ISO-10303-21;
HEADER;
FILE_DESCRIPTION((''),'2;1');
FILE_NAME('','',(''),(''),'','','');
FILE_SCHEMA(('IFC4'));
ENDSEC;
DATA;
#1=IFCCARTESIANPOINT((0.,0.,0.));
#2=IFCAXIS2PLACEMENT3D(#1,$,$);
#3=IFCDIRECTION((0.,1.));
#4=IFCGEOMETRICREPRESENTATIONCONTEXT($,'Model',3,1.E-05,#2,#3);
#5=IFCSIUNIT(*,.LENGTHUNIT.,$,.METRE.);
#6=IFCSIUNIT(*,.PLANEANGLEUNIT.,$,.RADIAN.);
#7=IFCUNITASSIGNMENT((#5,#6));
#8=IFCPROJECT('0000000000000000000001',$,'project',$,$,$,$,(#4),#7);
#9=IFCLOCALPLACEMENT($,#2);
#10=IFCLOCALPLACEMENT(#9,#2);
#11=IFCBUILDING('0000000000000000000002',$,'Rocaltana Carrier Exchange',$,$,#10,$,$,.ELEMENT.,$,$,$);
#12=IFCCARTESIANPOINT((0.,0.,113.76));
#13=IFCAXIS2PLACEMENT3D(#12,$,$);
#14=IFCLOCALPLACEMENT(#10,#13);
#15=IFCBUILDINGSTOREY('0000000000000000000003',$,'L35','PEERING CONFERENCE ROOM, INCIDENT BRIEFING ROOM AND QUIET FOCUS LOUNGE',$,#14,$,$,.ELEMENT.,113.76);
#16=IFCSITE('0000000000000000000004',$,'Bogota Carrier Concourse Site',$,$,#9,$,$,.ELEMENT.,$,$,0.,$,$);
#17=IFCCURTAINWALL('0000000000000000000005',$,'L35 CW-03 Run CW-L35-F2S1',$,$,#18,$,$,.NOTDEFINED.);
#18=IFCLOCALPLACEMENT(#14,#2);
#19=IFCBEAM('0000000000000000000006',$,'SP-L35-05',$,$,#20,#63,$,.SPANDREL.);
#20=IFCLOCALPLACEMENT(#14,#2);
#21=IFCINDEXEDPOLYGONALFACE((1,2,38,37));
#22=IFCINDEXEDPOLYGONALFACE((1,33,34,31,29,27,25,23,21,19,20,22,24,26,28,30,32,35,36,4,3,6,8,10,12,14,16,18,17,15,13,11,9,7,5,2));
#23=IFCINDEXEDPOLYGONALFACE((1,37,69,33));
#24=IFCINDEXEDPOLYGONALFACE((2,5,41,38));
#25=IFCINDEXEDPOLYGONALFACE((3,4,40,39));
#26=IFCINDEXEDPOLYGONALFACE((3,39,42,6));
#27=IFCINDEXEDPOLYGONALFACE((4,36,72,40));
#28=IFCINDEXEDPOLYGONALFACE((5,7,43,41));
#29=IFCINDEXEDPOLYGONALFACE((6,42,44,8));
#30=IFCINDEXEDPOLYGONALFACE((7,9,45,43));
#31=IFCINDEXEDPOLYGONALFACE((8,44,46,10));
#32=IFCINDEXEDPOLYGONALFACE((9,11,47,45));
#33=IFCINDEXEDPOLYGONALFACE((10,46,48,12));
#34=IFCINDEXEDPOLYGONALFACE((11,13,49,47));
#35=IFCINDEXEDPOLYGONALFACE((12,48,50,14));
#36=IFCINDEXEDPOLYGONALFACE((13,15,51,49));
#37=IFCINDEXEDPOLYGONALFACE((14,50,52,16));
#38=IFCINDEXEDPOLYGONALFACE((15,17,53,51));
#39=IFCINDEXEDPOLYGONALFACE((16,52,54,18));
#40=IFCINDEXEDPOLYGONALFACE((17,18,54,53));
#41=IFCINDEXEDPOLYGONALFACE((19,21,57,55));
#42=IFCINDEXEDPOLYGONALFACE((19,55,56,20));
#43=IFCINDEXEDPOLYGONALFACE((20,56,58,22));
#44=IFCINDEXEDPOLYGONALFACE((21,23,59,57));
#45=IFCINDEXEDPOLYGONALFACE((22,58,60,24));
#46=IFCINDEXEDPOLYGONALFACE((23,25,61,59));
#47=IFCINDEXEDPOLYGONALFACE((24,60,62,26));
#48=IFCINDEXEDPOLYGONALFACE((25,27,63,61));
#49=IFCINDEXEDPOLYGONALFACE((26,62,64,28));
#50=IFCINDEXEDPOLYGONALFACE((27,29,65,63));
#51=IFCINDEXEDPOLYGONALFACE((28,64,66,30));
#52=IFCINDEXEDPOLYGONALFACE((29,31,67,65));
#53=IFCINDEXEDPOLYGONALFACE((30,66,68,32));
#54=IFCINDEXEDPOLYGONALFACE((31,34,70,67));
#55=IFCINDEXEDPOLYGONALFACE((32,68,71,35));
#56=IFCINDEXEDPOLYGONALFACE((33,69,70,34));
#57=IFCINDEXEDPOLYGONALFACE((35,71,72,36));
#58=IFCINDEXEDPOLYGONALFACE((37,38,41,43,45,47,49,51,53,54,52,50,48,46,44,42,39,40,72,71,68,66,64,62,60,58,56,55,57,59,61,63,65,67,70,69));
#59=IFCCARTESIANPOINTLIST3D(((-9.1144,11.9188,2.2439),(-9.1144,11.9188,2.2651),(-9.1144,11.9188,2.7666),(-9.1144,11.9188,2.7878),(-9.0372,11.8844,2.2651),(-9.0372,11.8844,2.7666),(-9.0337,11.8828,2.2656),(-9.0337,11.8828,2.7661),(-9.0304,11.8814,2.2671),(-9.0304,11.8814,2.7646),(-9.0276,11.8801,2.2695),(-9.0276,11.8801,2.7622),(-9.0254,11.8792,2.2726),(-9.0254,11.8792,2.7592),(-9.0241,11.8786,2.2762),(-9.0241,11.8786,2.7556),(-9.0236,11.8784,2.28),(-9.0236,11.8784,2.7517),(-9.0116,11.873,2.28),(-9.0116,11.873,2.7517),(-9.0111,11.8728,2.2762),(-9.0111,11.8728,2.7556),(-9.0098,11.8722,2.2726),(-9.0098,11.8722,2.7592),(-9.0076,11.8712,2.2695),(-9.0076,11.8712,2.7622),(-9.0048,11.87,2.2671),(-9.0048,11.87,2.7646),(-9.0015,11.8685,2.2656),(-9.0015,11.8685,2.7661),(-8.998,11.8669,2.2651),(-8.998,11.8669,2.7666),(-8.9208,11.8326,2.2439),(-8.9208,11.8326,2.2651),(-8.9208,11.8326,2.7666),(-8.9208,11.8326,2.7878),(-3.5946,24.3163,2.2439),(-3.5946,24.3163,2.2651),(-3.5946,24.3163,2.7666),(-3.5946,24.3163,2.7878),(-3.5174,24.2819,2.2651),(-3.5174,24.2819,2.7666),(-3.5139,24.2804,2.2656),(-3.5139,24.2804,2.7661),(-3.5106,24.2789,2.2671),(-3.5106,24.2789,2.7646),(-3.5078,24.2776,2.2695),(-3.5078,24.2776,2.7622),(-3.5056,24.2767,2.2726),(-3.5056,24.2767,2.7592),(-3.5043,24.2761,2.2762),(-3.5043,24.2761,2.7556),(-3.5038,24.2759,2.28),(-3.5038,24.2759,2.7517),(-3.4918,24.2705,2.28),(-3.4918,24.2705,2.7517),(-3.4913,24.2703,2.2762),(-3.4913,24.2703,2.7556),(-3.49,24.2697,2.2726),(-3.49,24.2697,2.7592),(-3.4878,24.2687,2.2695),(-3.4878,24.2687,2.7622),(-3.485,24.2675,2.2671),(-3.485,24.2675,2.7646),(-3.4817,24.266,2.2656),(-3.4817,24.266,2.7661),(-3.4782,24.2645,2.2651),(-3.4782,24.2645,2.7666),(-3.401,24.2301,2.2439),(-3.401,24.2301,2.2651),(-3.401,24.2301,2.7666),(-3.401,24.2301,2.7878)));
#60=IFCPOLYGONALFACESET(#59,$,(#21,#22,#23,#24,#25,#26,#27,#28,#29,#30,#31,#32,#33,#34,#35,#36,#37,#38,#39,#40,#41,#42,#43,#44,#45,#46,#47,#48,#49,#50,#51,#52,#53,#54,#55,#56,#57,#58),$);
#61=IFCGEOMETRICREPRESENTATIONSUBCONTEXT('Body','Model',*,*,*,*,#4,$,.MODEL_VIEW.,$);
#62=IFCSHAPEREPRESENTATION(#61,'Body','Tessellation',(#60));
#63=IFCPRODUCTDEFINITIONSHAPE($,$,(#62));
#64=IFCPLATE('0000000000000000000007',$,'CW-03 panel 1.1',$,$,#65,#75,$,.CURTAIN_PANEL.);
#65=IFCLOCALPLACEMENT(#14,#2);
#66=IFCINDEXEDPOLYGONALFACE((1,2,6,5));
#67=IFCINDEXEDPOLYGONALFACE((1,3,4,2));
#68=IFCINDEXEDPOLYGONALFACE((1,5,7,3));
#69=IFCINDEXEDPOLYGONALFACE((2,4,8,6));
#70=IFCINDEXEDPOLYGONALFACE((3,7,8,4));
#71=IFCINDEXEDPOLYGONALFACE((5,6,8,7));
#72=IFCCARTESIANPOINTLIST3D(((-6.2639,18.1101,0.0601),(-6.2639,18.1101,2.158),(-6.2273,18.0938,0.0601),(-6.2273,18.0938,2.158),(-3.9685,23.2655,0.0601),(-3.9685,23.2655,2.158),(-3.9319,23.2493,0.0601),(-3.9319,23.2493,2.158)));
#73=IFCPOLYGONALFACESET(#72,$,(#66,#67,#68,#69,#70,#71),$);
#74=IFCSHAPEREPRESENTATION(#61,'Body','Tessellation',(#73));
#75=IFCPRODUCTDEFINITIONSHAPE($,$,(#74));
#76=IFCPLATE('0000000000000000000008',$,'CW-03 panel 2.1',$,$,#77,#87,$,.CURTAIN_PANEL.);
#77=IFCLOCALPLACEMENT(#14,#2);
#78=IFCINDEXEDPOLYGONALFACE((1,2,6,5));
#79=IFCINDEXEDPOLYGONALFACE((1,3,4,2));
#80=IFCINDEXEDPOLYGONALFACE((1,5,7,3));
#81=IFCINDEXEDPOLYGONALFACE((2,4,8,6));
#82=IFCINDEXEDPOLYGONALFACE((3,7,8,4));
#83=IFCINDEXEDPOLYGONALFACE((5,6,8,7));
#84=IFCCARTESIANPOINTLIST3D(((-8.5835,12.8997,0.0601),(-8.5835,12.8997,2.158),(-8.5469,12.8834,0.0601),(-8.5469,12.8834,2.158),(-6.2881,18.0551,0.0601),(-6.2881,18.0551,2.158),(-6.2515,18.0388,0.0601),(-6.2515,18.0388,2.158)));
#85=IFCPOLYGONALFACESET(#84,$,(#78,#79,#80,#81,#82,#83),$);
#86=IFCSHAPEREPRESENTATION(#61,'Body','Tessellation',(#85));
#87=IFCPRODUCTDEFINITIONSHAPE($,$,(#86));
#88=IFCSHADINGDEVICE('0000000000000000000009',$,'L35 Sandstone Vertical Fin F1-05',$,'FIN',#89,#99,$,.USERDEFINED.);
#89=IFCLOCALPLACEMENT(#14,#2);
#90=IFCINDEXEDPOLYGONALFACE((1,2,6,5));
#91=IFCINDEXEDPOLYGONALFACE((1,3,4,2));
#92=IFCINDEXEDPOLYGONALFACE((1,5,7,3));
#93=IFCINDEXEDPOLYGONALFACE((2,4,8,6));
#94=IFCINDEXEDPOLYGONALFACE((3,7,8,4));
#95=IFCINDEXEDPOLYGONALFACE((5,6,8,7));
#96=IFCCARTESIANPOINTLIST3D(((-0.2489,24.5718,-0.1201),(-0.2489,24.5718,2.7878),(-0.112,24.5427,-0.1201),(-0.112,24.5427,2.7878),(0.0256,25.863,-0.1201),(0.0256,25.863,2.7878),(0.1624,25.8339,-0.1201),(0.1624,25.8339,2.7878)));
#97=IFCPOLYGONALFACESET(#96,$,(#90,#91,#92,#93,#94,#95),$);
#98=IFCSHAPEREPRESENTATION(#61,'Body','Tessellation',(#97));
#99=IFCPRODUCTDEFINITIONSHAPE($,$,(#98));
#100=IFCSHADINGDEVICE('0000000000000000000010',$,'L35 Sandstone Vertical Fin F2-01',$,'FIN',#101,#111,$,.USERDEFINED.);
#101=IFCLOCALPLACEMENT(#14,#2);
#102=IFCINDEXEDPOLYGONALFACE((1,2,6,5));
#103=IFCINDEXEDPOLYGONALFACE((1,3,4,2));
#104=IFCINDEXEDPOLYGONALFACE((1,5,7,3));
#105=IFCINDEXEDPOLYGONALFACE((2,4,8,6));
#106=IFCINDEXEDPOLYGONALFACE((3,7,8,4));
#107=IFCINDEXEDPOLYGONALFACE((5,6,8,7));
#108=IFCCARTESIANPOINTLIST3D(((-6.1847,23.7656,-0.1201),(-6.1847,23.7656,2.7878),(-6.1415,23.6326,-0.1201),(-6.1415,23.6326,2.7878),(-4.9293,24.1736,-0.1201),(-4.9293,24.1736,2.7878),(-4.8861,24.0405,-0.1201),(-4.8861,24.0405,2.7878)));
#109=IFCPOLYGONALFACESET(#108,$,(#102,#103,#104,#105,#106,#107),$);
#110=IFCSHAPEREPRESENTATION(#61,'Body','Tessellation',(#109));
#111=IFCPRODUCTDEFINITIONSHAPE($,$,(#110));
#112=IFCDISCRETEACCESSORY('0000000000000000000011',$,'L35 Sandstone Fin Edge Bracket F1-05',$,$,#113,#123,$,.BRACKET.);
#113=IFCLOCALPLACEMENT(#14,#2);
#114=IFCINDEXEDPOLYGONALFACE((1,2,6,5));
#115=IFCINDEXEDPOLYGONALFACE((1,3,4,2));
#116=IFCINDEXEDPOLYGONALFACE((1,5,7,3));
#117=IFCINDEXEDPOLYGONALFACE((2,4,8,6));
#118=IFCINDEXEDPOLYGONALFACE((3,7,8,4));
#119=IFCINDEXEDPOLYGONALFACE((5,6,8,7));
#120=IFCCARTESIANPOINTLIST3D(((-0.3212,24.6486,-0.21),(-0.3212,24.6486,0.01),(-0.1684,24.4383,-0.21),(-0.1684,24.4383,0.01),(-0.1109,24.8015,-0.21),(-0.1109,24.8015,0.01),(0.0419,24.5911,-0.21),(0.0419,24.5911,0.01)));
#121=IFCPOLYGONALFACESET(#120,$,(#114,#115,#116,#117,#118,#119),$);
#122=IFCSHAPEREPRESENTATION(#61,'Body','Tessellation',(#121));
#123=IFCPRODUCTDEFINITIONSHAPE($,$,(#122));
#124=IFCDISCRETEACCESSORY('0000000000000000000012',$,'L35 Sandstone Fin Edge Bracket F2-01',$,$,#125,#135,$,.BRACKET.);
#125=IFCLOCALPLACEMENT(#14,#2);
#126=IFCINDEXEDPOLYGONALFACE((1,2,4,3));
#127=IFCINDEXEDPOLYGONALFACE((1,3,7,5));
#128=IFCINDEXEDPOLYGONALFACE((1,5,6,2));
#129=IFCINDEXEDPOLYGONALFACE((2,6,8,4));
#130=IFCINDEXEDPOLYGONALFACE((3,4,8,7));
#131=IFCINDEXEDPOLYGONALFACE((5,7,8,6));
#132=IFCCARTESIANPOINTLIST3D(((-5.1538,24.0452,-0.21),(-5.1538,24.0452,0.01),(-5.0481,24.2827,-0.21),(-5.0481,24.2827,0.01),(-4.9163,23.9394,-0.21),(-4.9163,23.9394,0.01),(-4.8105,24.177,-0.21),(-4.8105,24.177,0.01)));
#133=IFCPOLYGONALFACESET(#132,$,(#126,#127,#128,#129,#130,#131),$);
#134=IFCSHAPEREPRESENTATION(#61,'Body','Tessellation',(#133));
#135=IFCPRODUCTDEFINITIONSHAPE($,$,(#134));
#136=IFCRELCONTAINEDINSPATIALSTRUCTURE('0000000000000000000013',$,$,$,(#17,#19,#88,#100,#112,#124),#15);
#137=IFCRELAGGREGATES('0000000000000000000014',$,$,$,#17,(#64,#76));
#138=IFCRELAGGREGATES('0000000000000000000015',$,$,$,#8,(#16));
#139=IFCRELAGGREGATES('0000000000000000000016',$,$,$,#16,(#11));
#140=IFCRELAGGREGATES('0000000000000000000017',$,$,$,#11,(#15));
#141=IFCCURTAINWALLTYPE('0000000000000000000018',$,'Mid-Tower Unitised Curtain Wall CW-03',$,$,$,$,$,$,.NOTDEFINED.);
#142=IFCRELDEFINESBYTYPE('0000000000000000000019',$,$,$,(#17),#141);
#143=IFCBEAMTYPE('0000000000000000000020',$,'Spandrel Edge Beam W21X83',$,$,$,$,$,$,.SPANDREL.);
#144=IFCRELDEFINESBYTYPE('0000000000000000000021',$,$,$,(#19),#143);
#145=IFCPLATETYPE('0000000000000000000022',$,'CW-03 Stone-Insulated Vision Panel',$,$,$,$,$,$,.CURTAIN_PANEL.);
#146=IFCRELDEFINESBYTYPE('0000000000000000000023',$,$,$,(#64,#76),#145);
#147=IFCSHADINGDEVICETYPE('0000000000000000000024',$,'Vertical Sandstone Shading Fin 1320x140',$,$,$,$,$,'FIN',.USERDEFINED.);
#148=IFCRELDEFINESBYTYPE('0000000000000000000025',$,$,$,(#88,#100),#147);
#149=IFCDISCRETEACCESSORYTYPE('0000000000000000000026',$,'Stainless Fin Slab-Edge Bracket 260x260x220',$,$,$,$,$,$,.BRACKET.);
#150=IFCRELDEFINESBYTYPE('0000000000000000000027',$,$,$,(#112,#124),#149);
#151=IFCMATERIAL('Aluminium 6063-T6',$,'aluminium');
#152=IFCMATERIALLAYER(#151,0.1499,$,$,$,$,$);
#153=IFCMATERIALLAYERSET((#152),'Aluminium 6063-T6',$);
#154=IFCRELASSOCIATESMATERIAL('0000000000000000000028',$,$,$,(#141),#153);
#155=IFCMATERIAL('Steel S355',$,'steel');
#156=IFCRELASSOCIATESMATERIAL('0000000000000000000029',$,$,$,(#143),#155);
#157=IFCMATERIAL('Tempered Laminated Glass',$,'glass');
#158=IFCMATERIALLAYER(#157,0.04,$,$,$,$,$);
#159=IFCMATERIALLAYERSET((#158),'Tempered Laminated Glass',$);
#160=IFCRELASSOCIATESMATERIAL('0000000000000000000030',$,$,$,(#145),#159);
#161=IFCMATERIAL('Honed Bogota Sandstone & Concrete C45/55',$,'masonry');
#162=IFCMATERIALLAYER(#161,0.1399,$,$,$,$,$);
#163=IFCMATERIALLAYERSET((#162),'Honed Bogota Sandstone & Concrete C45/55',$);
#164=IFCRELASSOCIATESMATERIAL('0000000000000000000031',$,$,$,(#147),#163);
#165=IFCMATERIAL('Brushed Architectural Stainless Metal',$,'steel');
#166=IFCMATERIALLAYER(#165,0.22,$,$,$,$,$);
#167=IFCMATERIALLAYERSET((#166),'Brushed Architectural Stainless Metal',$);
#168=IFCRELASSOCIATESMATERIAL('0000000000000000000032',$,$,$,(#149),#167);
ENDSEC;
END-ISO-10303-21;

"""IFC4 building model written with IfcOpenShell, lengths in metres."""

from ifc_helpers import new_model, si_unit, direction, frame, origin, origin_2d, place, context, subcontext, project, spatial, rectangle, i_section, extrude, material, layer, layer_set, material_profile, profile_set, type_object, element, aggregate, save


model = new_model("IFC4")

# Units and contexts
model_context = context("Model", 3, precision=1e-05, world=origin(), true_north=direction((0.0, 1.0)))
body_context = subcontext(model_context, "Body", "Model", "MODEL_VIEW")
ifc_project = project(units=[si_unit("LENGTHUNIT", "METRE"), si_unit("PLANEANGLEUNIT", "RADIAN")], contexts=[model_context])

# Site, building, storey
site_placement = place(None, origin())
site = spatial("IfcSite", under=ifc_project, at=site_placement, Name="Bogota Carrier Concourse Site", CompositionType="ELEMENT", RefElevation=0.0)
building_placement = place(site_placement, origin())
building = spatial("IfcBuilding", under=site, at=building_placement, Name="Rocaltana Carrier Exchange", CompositionType="ELEMENT")
storey_placement = place(building_placement, frame((0.0, 0.0, 113.76)))
storey = spatial("IfcBuildingStorey", under=building, at=storey_placement, Name="L35", Description="PEERING CONFERENCE ROOM, INCIDENT BRIEFING ROOM AND QUIET FOCUS LOUNGE", CompositionType="ELEMENT", Elevation=113.76)

# Shared definitions
ifc_material_1 = material(Name="Aluminium 6063-T6", Category="aluminium")
ifc_layer_1 = layer(ifc_material_1, 0.1499)
ifc_layer_set_1 = layer_set([ifc_layer_1], Name="Aluminium 6063-T6")
curtain_wall_type = type_object("IfcCurtainWallType", Name="Mid-Tower Unitised Curtain Wall CW-03", PredefinedType="NOTDEFINED", material=ifc_layer_set_1)

# Curtain wall
curtain_wall_1_placement = place(storey_placement, origin())
curtain_wall_1 = element("IfcCurtainWall", 1, at=curtain_wall_1_placement, inside=storey, type_object=curtain_wall_type, Name="L35 CW-03 Run CW-L35-F2S1", PredefinedType="NOTDEFINED")

# Beam
ifc_material_2 = material(Name="Steel S355", Category="steel")
ifc_material_profile_1 = material_profile(ifc_material_2, i_section(OverallWidth=0.2119, OverallDepth=0.5439, WebThickness=0.0132, FlangeThickness=0.0212, FilletRadius=0.0149, at=origin_2d()), Name="W21X83")
ifc_profile_set_1 = profile_set([ifc_material_profile_1], Name="Steel S355")
beam_type_1 = type_object("IfcBeamType", Name="Spandrel Edge Beam W21X83", PredefinedType="SPANDREL", material=ifc_profile_set_1)
beam_1_placement = place(storey_placement, frame((-3.4978, 24.2732, 2.5159), z_axis=(-0.406741, -0.913544, 0.0), x_axis=(0.913544, -0.406741, 0.0)))
element("IfcBeam", 2, at=beam_1_placement, inside=storey, type_object=beam_type_1, Name="SP-L35-05", PredefinedType="SPANDREL", context=body_context, shape_type="SweptSolid", body=[
    extrude(i_section(OverallWidth=0.2119, OverallDepth=0.5439, WebThickness=0.0132, FlangeThickness=0.0212, FilletRadius=0.0149, at=origin_2d()), origin(), (0.0, 0.0, 1.0), 13.5708),
])

# Plates
ifc_material_3 = material(Name="Tempered Laminated Glass", Category="glass")
ifc_layer_2 = layer(ifc_material_3, 0.04)
ifc_layer_set_2 = layer_set([ifc_layer_2], Name="Tempered Laminated Glass")
plate_type = type_object("IfcPlateType", Name="CW-03 Stone-Insulated Vision Panel", PredefinedType="CURTAIN_PANEL", material=ifc_layer_set_2)
plate_1_placement = place(storey_placement, frame((-5.0979, 20.6797, 0.0601), z_axis=(0.0, 0.0, 1.0), x_axis=(-0.40674, -0.913544, 0.0)))
plate_1 = element("IfcPlate", 3, at=plate_1_placement, type_object=plate_type, Name="CW-03 panel 1.1", PredefinedType="CURTAIN_PANEL", context=body_context, shape_type="SweptSolid", body=[
    extrude(rectangle(XDim=5.6433, YDim=0.04, at=origin_2d()), origin(), (0.0, 0.0, 1.0), 2.0979),
])
plate_2_placement = place(storey_placement, frame((-7.4175, 15.4692, 0.0601), z_axis=(0.0, 0.0, 1.0), x_axis=(-0.40674, -0.913544, 0.0)))
plate_2 = element("IfcPlate", 4, at=plate_2_placement, type_object=plate_type, Name="CW-03 panel 2.1", PredefinedType="CURTAIN_PANEL", context=body_context, shape_type="SweptSolid", body=[
    extrude(rectangle(XDim=5.6433, YDim=0.04, at=origin_2d()), origin(), (0.0, 0.0, 1.0), 2.0979),
])
aggregate(curtain_wall_1, [plate_1, plate_2])

# Shading devices
ifc_material_4 = material(Name="Honed Bogota Sandstone & Concrete C45/55", Category="masonry")
ifc_layer_3 = layer(ifc_material_4, 0.1399)
ifc_layer_set_3 = layer_set([ifc_layer_3], Name="Honed Bogota Sandstone & Concrete C45/55")
shading_device_type = type_object("IfcShadingDeviceType", Name="Vertical Sandstone Shading Fin 1320x140", ElementType="FIN", PredefinedType="USERDEFINED", material=ifc_layer_set_3)
for number, where, z_axis, x_axis, name in (
    (5, (-0.0432, 25.2029, -0.1201), (0.0, 0.0, 1.0), (0.207912, 0.978148, 0.0), "L35 Sandstone Vertical Fin F1-05"),
    (6, (-5.5354, 23.9031, -0.1201), (0.0, 0.0, 1.0), (-0.951057, -0.309017, 0.0), "L35 Sandstone Vertical Fin F2-01"),
):
    element("IfcShadingDevice", number, at=place(storey_placement, frame(where, z_axis=z_axis, x_axis=x_axis)), inside=storey, type_object=shading_device_type, Name=name, ObjectType="FIN", PredefinedType="USERDEFINED", context=body_context, shape_type="SweptSolid", body=[
        extrude(rectangle(XDim=1.3201, YDim=0.1399, at=origin_2d()), origin(), (0.0, 0.0, 1.0), 2.908),
    ])

# Discrete accessories
ifc_material_5 = material(Name="Brushed Architectural Stainless Metal", Category="steel")
ifc_layer_4 = layer(ifc_material_5, 0.22)
ifc_layer_set_4 = layer_set([ifc_layer_4], Name="Brushed Architectural Stainless Metal")
discrete_accessory_type = type_object("IfcDiscreteAccessoryType", Name="Stainless Fin Slab-Edge Bracket 260x260x220", PredefinedType="BRACKET", material=ifc_layer_set_4)
for number, where, z_axis, x_axis, name in (
    (7, (-0.1396, 24.6199, -0.21), (0.0, 0.0, 1.0), (-0.587785, 0.809017, 0.0), "L35 Sandstone Fin Edge Bracket F1-05"),
    (8, (-4.9822, 24.1111, -0.21), (0.0, 0.0, 1.0), (-0.406737, -0.913545, 0.0), "L35 Sandstone Fin Edge Bracket F2-01"),
):
    element("IfcDiscreteAccessory", number, at=place(storey_placement, frame(where, z_axis=z_axis, x_axis=x_axis)), inside=storey, type_object=discrete_accessory_type, Name=name, PredefinedType="BRACKET", context=body_context, shape_type="SweptSolid", body=[
        extrude(rectangle(XDim=0.26, YDim=0.26, at=origin_2d()), origin(), (0.0, 0.0, 1.0), 0.22),
    ])

save(model, "model.ifc")
